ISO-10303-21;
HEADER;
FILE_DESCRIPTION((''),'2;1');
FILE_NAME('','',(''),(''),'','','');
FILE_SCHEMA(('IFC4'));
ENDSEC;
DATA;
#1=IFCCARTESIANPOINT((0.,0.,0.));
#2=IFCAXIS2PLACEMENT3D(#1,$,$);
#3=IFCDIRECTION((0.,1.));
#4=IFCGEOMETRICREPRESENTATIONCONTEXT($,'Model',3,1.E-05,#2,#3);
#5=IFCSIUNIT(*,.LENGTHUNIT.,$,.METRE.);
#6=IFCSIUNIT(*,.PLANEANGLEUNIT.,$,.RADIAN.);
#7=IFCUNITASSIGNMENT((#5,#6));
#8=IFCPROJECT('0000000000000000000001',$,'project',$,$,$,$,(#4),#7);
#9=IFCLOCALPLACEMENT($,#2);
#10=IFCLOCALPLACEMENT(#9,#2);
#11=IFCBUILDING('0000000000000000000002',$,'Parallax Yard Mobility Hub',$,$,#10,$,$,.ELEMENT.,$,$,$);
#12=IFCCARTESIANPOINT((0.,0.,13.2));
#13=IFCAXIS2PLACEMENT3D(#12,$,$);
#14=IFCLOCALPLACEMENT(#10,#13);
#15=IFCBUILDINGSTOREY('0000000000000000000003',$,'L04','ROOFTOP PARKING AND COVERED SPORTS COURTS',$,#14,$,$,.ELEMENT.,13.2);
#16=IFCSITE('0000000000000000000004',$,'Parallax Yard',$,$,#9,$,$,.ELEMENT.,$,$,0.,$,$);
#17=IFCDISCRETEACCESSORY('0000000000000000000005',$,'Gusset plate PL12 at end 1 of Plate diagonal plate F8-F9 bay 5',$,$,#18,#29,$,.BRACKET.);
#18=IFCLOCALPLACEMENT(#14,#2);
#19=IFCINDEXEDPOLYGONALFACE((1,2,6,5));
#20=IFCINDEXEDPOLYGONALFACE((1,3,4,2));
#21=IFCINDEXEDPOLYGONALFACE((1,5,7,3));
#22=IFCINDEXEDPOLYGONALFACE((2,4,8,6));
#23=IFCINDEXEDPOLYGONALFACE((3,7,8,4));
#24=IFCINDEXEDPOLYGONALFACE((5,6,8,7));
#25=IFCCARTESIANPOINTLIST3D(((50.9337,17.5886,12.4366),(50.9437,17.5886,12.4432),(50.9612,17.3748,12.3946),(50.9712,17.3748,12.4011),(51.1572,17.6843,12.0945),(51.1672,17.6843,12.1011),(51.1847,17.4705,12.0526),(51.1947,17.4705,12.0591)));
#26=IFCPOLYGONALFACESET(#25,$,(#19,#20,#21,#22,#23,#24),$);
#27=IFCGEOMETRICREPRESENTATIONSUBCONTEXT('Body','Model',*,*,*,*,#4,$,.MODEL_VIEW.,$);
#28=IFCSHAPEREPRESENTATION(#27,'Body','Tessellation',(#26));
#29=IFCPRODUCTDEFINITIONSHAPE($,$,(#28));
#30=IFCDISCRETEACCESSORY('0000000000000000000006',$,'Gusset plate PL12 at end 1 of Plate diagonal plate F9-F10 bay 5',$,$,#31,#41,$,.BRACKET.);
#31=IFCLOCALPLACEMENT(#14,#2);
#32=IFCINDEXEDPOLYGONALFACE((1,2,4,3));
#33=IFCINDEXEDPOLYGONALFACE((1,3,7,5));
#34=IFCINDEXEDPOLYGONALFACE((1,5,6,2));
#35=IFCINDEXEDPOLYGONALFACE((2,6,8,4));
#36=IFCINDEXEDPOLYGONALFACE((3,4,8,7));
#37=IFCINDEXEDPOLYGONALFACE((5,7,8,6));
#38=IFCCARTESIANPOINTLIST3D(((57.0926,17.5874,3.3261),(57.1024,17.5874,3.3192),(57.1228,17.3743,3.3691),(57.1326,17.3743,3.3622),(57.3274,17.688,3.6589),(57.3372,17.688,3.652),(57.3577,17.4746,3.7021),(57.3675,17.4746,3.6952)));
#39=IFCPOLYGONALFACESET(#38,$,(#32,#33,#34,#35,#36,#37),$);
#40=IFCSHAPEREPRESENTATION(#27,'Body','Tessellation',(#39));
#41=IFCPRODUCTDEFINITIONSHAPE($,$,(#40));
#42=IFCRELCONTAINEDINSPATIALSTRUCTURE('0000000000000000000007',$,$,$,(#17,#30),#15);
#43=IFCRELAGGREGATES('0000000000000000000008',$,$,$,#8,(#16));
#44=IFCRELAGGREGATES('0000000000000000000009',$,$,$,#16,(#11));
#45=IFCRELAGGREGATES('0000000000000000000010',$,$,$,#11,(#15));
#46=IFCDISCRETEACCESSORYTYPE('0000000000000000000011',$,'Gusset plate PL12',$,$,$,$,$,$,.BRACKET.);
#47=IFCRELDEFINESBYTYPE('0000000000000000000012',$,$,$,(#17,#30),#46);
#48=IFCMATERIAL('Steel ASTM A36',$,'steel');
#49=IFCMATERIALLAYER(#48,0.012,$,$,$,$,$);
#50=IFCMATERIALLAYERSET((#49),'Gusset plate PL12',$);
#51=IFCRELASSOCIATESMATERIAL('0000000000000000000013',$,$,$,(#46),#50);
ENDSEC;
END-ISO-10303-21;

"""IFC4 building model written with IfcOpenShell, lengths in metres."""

from ifc_helpers import new_model, si_unit, direction, frame, origin, place, context, subcontext, project, spatial, polyline, outline, extrude, material, layer, layer_set, type_object, element, save


model = new_model("IFC4")

# Units and contexts
model_context = context("Model", 3, precision=1e-05, world=origin(), true_north=direction((0.0, 1.0)))
body_context = subcontext(model_context, "Body", "Model", "MODEL_VIEW")
ifc_project = project(units=[si_unit("LENGTHUNIT", "METRE"), si_unit("PLANEANGLEUNIT", "RADIAN")], contexts=[model_context])

# Site, building, storey
site_placement = place(None, origin())
site = spatial("IfcSite", under=ifc_project, at=site_placement, Name="Parallax Yard", CompositionType="ELEMENT", RefElevation=0.0)
building_placement = place(site_placement, origin())
building = spatial("IfcBuilding", under=site, at=building_placement, Name="Parallax Yard Mobility Hub", CompositionType="ELEMENT")
storey_placement = place(building_placement, frame((0.0, 0.0, 13.2)))
storey = spatial("IfcBuildingStorey", under=building, at=storey_placement, Name="L04", Description="ROOFTOP PARKING AND COVERED SPORTS COURTS", CompositionType="ELEMENT", Elevation=13.2)

# Discrete accessories
ifc_material_1 = material(Name="Steel ASTM A36", Category="steel")
ifc_layer = layer(ifc_material_1, 0.012)
ifc_layer_set = layer_set([ifc_layer], Name="Gusset plate PL12")
discrete_accessory_type = type_object("IfcDiscreteAccessoryType", Name="Gusset plate PL12", PredefinedType="BRACKET", material=ifc_layer_set)
discrete_accessory_1_placement = place(storey_placement, frame((51.1672, 17.6843, 12.1011), z_axis=(0.837105, 0.000095, 0.547043), x_axis=(-0.532614, -0.228018, 0.815065)))
element("IfcDiscreteAccessory", 1, at=discrete_accessory_1_placement, inside=storey, type_object=discrete_accessory_type, Name="Gusset plate PL12 at end 1 of Plate diagonal plate F8-F9 bay 5", PredefinedType="BRACKET", context=body_context, shape_type="SweptSolid", body=[
    extrude(outline(polyline([(0.0, 0.0), (0.4197, 0.0), (0.4196, 0.2197), (0.0, 0.2197), (0.0, 0.0)])), origin(), (0.0, 0.0, -1.0), 0.012),
])
discrete_accessory_2_placement = place(storey_placement, frame((57.3274, 17.688, 3.6589), z_axis=(-0.817167, 0.000465, 0.576401), x_axis=(-0.559681, -0.239756, -0.793268)))
element("IfcDiscreteAccessory", 2, at=discrete_accessory_2_placement, inside=storey, type_object=discrete_accessory_type, Name="Gusset plate PL12 at end 1 of Plate diagonal plate F9-F10 bay 5", PredefinedType="BRACKET", context=body_context, shape_type="SweptSolid", body=[
    extrude(outline(polyline([(0.0, 0.0), (0.4195, 0.0), (0.4196, 0.2195), (-0.0001, 0.2198), (0.0, 0.0)])), origin(), (0.0, 0.0, -1.0), 0.012),
])

save(model, "model.ifc")
